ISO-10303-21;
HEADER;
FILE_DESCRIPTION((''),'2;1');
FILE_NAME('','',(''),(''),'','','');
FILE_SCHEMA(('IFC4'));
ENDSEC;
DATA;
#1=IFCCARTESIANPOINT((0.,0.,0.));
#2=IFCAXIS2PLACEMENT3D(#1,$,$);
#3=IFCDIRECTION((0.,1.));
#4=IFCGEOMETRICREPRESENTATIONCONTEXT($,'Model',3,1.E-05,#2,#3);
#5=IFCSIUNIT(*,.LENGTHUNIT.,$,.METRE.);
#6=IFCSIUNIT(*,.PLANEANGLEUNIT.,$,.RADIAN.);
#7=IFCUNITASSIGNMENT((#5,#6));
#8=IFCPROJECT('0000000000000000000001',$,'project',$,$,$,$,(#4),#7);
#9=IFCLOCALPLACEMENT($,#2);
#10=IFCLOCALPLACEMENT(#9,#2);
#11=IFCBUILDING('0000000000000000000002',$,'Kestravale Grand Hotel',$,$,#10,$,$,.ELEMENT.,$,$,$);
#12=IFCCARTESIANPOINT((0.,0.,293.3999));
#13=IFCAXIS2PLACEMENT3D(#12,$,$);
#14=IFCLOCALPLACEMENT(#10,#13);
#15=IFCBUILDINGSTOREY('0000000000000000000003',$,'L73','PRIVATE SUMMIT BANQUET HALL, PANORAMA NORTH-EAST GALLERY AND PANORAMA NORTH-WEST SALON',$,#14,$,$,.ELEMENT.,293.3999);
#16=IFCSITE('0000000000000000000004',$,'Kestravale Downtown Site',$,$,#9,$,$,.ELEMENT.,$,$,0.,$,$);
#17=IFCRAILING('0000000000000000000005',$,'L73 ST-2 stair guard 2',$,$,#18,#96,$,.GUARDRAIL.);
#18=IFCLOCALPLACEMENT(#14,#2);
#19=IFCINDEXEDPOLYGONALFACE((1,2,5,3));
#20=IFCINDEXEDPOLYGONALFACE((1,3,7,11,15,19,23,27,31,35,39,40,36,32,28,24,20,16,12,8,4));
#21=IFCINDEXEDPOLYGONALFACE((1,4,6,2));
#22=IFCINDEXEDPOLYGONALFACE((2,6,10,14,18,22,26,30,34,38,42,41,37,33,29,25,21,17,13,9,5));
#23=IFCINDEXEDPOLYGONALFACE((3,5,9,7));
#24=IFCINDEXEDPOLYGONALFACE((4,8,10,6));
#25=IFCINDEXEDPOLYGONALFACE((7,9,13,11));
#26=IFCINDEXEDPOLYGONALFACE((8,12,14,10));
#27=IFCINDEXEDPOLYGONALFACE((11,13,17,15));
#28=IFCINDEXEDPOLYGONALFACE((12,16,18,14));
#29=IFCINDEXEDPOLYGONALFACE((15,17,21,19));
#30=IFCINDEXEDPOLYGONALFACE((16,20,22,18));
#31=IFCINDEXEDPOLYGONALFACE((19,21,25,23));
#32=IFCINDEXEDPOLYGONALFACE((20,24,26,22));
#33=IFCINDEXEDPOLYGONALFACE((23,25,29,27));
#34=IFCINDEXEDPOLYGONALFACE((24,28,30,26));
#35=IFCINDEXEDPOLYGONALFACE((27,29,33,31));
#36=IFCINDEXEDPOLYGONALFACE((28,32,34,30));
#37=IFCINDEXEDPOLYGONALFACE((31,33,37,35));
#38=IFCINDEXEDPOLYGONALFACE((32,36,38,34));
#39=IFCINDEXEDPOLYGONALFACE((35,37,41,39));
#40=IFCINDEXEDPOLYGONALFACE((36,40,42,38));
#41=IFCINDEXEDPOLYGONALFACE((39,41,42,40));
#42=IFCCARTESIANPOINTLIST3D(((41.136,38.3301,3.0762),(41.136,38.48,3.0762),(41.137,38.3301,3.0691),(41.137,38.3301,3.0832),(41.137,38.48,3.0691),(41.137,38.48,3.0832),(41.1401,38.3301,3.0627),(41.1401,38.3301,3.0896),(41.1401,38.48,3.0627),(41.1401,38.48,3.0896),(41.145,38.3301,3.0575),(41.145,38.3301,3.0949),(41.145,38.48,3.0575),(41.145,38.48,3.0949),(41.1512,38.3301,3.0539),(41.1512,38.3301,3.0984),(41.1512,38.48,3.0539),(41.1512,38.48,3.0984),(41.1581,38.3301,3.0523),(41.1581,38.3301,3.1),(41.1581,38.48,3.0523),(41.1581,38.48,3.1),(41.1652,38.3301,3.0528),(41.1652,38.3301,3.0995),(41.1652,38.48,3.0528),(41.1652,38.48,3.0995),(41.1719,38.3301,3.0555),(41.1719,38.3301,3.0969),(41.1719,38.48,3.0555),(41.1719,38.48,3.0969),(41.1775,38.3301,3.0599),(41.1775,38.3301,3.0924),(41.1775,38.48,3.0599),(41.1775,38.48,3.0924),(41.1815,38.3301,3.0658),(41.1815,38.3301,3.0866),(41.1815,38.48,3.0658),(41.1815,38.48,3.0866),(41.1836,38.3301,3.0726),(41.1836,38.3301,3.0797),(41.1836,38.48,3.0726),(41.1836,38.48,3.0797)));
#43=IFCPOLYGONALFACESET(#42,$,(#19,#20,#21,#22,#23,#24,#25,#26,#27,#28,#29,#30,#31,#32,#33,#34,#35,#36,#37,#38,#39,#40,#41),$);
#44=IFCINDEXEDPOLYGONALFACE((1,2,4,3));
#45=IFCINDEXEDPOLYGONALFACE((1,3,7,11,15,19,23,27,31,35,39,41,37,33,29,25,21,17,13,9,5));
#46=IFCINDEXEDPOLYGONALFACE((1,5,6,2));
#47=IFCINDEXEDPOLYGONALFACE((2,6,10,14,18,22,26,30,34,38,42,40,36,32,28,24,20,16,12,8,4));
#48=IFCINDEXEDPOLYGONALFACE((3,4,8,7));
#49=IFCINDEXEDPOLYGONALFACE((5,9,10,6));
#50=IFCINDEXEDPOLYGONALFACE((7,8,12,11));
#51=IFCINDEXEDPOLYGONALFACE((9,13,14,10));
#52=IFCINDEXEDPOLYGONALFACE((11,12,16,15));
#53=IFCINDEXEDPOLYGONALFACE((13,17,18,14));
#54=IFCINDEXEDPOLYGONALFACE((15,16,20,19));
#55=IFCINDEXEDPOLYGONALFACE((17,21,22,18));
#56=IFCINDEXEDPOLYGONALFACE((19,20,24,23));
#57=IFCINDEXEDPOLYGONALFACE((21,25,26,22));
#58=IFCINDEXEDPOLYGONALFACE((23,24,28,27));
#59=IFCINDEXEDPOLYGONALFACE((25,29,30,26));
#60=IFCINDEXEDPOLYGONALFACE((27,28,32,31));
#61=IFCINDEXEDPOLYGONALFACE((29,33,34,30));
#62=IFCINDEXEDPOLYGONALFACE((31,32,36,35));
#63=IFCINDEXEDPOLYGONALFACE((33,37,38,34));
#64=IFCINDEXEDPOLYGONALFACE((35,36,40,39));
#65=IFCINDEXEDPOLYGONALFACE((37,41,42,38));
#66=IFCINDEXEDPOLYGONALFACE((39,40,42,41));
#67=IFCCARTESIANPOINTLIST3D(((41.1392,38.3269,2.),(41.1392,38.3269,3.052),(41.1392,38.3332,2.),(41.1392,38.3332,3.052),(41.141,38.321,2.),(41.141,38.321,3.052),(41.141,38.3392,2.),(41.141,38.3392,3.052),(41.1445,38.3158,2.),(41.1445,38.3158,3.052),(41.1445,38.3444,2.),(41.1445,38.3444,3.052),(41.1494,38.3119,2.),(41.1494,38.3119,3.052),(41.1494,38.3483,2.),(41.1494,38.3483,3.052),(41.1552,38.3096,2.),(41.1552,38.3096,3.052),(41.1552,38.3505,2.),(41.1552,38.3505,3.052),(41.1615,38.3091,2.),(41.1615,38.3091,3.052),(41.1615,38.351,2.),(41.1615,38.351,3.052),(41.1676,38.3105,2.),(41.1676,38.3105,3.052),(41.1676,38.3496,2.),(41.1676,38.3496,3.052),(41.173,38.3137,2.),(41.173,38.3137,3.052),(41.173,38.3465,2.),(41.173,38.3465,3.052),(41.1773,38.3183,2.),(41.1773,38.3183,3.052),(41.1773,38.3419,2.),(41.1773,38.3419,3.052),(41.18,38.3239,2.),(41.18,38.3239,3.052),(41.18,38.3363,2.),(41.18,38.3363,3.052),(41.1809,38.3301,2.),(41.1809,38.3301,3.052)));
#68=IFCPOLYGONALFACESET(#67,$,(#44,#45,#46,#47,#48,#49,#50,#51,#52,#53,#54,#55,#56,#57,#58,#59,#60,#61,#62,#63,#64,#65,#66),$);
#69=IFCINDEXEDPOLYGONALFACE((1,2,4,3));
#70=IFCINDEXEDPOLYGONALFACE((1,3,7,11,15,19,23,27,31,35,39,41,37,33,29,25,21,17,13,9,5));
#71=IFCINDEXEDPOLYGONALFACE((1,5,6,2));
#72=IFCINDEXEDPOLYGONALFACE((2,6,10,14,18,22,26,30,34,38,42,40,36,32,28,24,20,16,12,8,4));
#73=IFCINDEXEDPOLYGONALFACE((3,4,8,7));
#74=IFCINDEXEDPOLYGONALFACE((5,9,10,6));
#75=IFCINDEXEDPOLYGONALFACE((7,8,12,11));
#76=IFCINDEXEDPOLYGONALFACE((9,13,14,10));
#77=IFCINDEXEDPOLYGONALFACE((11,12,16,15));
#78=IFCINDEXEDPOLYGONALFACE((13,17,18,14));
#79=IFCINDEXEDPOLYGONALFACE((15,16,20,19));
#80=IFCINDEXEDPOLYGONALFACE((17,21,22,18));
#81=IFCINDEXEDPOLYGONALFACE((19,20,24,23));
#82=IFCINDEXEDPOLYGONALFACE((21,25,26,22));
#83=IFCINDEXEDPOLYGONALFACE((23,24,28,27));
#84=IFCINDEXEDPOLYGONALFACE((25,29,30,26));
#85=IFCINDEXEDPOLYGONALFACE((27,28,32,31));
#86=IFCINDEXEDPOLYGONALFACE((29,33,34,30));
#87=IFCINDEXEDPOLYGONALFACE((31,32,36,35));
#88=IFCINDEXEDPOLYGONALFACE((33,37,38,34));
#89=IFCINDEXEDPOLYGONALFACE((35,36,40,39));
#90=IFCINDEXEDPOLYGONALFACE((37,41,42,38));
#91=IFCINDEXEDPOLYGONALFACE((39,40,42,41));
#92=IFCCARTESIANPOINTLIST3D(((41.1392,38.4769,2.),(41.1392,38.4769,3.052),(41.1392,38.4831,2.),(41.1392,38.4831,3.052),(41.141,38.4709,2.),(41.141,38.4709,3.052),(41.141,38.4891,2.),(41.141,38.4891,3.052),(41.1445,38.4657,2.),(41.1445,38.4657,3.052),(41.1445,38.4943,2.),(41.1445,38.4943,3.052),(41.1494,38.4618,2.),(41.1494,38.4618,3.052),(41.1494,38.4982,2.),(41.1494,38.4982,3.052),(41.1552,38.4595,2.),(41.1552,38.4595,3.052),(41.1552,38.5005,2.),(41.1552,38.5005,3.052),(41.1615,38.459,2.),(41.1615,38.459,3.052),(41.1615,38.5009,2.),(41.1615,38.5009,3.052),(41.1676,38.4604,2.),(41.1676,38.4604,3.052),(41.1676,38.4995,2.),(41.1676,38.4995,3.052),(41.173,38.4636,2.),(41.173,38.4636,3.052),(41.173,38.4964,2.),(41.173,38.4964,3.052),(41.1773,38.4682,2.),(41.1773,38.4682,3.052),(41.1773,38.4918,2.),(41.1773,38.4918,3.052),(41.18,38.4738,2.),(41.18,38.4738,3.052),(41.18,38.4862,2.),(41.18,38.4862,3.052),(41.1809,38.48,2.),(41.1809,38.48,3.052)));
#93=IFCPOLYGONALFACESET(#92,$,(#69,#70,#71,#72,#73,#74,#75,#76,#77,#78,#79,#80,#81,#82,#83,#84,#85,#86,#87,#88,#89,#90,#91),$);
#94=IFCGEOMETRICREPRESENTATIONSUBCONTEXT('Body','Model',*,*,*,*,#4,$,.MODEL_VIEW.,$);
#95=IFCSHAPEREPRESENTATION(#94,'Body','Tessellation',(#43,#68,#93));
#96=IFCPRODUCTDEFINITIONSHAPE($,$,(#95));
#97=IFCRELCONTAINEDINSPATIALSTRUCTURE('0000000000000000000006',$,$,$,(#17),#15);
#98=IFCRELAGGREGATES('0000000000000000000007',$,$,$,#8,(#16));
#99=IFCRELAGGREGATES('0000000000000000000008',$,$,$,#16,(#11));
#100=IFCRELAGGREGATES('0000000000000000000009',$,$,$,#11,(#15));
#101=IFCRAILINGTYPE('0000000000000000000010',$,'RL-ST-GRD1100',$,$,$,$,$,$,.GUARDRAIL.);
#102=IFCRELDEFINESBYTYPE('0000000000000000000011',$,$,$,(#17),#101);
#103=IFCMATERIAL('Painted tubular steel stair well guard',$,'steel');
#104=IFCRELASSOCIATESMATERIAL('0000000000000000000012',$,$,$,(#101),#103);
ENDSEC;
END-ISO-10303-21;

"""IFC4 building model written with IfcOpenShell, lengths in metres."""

from ifc_helpers import new_model, si_unit, direction, frame, origin, origin_2d, place, context, subcontext, project, spatial, circle, extrude, material, type_object, element, save


model = new_model("IFC4")

# Units and contexts
model_context = context("Model", 3, precision=1e-05, world=origin(), true_north=direction((0.0, 1.0)))
body_context = subcontext(model_context, "Body", "Model", "MODEL_VIEW")
ifc_project = project(units=[si_unit("LENGTHUNIT", "METRE"), si_unit("PLANEANGLEUNIT", "RADIAN")], contexts=[model_context])

# Site, building, storey
site_placement = place(None, origin())
site = spatial("IfcSite", under=ifc_project, at=site_placement, Name="Kestravale Downtown Site", CompositionType="ELEMENT", RefElevation=0.0)
building_placement = place(site_placement, origin())
building = spatial("IfcBuilding", under=site, at=building_placement, Name="Kestravale Grand Hotel", CompositionType="ELEMENT")
storey_placement = place(building_placement, frame((0.0, 0.0, 293.3999)))
storey = spatial("IfcBuildingStorey", under=building, at=storey_placement, Name="L73", Description="PRIVATE SUMMIT BANQUET HALL, PANORAMA NORTH-EAST GALLERY AND PANORAMA NORTH-WEST SALON", CompositionType="ELEMENT", Elevation=293.3999)

# Railing
ifc_material_1 = material(Name="Painted tubular steel stair well guard", Category="steel")
railing_type_1 = type_object("IfcRailingType", Name="RL-ST-GRD1100", PredefinedType="GUARDRAIL", material=ifc_material_1)
railing_1_placement = place(storey_placement, frame((41.1599, 38.3301, 2.0)))
element("IfcRailing", 1, at=railing_1_placement, inside=storey, type_object=railing_type_1, Name="L73 ST-2 stair guard 2", PredefinedType="GUARDRAIL", context=body_context, shape_type="SweptSolid", body=[
    extrude(circle(Radius=0.0239, at=origin_2d()), frame((0.0, 0.0, 1.0762), z_axis=(0.0, 1.0, 0.0), x_axis=(-1.0, 0.0, 0.0)), (0.0, 0.0, 1.0), 0.1499),
    extrude(circle(Radius=0.021, at=origin_2d()), origin(), (0.0, 0.0, 1.0), 1.052),
    extrude(circle(Radius=0.021, at=origin_2d()), frame((0.0, 0.1499, 0.0)), (0.0, 0.0, 1.0), 1.052),
])

save(model, "model.ifc")
